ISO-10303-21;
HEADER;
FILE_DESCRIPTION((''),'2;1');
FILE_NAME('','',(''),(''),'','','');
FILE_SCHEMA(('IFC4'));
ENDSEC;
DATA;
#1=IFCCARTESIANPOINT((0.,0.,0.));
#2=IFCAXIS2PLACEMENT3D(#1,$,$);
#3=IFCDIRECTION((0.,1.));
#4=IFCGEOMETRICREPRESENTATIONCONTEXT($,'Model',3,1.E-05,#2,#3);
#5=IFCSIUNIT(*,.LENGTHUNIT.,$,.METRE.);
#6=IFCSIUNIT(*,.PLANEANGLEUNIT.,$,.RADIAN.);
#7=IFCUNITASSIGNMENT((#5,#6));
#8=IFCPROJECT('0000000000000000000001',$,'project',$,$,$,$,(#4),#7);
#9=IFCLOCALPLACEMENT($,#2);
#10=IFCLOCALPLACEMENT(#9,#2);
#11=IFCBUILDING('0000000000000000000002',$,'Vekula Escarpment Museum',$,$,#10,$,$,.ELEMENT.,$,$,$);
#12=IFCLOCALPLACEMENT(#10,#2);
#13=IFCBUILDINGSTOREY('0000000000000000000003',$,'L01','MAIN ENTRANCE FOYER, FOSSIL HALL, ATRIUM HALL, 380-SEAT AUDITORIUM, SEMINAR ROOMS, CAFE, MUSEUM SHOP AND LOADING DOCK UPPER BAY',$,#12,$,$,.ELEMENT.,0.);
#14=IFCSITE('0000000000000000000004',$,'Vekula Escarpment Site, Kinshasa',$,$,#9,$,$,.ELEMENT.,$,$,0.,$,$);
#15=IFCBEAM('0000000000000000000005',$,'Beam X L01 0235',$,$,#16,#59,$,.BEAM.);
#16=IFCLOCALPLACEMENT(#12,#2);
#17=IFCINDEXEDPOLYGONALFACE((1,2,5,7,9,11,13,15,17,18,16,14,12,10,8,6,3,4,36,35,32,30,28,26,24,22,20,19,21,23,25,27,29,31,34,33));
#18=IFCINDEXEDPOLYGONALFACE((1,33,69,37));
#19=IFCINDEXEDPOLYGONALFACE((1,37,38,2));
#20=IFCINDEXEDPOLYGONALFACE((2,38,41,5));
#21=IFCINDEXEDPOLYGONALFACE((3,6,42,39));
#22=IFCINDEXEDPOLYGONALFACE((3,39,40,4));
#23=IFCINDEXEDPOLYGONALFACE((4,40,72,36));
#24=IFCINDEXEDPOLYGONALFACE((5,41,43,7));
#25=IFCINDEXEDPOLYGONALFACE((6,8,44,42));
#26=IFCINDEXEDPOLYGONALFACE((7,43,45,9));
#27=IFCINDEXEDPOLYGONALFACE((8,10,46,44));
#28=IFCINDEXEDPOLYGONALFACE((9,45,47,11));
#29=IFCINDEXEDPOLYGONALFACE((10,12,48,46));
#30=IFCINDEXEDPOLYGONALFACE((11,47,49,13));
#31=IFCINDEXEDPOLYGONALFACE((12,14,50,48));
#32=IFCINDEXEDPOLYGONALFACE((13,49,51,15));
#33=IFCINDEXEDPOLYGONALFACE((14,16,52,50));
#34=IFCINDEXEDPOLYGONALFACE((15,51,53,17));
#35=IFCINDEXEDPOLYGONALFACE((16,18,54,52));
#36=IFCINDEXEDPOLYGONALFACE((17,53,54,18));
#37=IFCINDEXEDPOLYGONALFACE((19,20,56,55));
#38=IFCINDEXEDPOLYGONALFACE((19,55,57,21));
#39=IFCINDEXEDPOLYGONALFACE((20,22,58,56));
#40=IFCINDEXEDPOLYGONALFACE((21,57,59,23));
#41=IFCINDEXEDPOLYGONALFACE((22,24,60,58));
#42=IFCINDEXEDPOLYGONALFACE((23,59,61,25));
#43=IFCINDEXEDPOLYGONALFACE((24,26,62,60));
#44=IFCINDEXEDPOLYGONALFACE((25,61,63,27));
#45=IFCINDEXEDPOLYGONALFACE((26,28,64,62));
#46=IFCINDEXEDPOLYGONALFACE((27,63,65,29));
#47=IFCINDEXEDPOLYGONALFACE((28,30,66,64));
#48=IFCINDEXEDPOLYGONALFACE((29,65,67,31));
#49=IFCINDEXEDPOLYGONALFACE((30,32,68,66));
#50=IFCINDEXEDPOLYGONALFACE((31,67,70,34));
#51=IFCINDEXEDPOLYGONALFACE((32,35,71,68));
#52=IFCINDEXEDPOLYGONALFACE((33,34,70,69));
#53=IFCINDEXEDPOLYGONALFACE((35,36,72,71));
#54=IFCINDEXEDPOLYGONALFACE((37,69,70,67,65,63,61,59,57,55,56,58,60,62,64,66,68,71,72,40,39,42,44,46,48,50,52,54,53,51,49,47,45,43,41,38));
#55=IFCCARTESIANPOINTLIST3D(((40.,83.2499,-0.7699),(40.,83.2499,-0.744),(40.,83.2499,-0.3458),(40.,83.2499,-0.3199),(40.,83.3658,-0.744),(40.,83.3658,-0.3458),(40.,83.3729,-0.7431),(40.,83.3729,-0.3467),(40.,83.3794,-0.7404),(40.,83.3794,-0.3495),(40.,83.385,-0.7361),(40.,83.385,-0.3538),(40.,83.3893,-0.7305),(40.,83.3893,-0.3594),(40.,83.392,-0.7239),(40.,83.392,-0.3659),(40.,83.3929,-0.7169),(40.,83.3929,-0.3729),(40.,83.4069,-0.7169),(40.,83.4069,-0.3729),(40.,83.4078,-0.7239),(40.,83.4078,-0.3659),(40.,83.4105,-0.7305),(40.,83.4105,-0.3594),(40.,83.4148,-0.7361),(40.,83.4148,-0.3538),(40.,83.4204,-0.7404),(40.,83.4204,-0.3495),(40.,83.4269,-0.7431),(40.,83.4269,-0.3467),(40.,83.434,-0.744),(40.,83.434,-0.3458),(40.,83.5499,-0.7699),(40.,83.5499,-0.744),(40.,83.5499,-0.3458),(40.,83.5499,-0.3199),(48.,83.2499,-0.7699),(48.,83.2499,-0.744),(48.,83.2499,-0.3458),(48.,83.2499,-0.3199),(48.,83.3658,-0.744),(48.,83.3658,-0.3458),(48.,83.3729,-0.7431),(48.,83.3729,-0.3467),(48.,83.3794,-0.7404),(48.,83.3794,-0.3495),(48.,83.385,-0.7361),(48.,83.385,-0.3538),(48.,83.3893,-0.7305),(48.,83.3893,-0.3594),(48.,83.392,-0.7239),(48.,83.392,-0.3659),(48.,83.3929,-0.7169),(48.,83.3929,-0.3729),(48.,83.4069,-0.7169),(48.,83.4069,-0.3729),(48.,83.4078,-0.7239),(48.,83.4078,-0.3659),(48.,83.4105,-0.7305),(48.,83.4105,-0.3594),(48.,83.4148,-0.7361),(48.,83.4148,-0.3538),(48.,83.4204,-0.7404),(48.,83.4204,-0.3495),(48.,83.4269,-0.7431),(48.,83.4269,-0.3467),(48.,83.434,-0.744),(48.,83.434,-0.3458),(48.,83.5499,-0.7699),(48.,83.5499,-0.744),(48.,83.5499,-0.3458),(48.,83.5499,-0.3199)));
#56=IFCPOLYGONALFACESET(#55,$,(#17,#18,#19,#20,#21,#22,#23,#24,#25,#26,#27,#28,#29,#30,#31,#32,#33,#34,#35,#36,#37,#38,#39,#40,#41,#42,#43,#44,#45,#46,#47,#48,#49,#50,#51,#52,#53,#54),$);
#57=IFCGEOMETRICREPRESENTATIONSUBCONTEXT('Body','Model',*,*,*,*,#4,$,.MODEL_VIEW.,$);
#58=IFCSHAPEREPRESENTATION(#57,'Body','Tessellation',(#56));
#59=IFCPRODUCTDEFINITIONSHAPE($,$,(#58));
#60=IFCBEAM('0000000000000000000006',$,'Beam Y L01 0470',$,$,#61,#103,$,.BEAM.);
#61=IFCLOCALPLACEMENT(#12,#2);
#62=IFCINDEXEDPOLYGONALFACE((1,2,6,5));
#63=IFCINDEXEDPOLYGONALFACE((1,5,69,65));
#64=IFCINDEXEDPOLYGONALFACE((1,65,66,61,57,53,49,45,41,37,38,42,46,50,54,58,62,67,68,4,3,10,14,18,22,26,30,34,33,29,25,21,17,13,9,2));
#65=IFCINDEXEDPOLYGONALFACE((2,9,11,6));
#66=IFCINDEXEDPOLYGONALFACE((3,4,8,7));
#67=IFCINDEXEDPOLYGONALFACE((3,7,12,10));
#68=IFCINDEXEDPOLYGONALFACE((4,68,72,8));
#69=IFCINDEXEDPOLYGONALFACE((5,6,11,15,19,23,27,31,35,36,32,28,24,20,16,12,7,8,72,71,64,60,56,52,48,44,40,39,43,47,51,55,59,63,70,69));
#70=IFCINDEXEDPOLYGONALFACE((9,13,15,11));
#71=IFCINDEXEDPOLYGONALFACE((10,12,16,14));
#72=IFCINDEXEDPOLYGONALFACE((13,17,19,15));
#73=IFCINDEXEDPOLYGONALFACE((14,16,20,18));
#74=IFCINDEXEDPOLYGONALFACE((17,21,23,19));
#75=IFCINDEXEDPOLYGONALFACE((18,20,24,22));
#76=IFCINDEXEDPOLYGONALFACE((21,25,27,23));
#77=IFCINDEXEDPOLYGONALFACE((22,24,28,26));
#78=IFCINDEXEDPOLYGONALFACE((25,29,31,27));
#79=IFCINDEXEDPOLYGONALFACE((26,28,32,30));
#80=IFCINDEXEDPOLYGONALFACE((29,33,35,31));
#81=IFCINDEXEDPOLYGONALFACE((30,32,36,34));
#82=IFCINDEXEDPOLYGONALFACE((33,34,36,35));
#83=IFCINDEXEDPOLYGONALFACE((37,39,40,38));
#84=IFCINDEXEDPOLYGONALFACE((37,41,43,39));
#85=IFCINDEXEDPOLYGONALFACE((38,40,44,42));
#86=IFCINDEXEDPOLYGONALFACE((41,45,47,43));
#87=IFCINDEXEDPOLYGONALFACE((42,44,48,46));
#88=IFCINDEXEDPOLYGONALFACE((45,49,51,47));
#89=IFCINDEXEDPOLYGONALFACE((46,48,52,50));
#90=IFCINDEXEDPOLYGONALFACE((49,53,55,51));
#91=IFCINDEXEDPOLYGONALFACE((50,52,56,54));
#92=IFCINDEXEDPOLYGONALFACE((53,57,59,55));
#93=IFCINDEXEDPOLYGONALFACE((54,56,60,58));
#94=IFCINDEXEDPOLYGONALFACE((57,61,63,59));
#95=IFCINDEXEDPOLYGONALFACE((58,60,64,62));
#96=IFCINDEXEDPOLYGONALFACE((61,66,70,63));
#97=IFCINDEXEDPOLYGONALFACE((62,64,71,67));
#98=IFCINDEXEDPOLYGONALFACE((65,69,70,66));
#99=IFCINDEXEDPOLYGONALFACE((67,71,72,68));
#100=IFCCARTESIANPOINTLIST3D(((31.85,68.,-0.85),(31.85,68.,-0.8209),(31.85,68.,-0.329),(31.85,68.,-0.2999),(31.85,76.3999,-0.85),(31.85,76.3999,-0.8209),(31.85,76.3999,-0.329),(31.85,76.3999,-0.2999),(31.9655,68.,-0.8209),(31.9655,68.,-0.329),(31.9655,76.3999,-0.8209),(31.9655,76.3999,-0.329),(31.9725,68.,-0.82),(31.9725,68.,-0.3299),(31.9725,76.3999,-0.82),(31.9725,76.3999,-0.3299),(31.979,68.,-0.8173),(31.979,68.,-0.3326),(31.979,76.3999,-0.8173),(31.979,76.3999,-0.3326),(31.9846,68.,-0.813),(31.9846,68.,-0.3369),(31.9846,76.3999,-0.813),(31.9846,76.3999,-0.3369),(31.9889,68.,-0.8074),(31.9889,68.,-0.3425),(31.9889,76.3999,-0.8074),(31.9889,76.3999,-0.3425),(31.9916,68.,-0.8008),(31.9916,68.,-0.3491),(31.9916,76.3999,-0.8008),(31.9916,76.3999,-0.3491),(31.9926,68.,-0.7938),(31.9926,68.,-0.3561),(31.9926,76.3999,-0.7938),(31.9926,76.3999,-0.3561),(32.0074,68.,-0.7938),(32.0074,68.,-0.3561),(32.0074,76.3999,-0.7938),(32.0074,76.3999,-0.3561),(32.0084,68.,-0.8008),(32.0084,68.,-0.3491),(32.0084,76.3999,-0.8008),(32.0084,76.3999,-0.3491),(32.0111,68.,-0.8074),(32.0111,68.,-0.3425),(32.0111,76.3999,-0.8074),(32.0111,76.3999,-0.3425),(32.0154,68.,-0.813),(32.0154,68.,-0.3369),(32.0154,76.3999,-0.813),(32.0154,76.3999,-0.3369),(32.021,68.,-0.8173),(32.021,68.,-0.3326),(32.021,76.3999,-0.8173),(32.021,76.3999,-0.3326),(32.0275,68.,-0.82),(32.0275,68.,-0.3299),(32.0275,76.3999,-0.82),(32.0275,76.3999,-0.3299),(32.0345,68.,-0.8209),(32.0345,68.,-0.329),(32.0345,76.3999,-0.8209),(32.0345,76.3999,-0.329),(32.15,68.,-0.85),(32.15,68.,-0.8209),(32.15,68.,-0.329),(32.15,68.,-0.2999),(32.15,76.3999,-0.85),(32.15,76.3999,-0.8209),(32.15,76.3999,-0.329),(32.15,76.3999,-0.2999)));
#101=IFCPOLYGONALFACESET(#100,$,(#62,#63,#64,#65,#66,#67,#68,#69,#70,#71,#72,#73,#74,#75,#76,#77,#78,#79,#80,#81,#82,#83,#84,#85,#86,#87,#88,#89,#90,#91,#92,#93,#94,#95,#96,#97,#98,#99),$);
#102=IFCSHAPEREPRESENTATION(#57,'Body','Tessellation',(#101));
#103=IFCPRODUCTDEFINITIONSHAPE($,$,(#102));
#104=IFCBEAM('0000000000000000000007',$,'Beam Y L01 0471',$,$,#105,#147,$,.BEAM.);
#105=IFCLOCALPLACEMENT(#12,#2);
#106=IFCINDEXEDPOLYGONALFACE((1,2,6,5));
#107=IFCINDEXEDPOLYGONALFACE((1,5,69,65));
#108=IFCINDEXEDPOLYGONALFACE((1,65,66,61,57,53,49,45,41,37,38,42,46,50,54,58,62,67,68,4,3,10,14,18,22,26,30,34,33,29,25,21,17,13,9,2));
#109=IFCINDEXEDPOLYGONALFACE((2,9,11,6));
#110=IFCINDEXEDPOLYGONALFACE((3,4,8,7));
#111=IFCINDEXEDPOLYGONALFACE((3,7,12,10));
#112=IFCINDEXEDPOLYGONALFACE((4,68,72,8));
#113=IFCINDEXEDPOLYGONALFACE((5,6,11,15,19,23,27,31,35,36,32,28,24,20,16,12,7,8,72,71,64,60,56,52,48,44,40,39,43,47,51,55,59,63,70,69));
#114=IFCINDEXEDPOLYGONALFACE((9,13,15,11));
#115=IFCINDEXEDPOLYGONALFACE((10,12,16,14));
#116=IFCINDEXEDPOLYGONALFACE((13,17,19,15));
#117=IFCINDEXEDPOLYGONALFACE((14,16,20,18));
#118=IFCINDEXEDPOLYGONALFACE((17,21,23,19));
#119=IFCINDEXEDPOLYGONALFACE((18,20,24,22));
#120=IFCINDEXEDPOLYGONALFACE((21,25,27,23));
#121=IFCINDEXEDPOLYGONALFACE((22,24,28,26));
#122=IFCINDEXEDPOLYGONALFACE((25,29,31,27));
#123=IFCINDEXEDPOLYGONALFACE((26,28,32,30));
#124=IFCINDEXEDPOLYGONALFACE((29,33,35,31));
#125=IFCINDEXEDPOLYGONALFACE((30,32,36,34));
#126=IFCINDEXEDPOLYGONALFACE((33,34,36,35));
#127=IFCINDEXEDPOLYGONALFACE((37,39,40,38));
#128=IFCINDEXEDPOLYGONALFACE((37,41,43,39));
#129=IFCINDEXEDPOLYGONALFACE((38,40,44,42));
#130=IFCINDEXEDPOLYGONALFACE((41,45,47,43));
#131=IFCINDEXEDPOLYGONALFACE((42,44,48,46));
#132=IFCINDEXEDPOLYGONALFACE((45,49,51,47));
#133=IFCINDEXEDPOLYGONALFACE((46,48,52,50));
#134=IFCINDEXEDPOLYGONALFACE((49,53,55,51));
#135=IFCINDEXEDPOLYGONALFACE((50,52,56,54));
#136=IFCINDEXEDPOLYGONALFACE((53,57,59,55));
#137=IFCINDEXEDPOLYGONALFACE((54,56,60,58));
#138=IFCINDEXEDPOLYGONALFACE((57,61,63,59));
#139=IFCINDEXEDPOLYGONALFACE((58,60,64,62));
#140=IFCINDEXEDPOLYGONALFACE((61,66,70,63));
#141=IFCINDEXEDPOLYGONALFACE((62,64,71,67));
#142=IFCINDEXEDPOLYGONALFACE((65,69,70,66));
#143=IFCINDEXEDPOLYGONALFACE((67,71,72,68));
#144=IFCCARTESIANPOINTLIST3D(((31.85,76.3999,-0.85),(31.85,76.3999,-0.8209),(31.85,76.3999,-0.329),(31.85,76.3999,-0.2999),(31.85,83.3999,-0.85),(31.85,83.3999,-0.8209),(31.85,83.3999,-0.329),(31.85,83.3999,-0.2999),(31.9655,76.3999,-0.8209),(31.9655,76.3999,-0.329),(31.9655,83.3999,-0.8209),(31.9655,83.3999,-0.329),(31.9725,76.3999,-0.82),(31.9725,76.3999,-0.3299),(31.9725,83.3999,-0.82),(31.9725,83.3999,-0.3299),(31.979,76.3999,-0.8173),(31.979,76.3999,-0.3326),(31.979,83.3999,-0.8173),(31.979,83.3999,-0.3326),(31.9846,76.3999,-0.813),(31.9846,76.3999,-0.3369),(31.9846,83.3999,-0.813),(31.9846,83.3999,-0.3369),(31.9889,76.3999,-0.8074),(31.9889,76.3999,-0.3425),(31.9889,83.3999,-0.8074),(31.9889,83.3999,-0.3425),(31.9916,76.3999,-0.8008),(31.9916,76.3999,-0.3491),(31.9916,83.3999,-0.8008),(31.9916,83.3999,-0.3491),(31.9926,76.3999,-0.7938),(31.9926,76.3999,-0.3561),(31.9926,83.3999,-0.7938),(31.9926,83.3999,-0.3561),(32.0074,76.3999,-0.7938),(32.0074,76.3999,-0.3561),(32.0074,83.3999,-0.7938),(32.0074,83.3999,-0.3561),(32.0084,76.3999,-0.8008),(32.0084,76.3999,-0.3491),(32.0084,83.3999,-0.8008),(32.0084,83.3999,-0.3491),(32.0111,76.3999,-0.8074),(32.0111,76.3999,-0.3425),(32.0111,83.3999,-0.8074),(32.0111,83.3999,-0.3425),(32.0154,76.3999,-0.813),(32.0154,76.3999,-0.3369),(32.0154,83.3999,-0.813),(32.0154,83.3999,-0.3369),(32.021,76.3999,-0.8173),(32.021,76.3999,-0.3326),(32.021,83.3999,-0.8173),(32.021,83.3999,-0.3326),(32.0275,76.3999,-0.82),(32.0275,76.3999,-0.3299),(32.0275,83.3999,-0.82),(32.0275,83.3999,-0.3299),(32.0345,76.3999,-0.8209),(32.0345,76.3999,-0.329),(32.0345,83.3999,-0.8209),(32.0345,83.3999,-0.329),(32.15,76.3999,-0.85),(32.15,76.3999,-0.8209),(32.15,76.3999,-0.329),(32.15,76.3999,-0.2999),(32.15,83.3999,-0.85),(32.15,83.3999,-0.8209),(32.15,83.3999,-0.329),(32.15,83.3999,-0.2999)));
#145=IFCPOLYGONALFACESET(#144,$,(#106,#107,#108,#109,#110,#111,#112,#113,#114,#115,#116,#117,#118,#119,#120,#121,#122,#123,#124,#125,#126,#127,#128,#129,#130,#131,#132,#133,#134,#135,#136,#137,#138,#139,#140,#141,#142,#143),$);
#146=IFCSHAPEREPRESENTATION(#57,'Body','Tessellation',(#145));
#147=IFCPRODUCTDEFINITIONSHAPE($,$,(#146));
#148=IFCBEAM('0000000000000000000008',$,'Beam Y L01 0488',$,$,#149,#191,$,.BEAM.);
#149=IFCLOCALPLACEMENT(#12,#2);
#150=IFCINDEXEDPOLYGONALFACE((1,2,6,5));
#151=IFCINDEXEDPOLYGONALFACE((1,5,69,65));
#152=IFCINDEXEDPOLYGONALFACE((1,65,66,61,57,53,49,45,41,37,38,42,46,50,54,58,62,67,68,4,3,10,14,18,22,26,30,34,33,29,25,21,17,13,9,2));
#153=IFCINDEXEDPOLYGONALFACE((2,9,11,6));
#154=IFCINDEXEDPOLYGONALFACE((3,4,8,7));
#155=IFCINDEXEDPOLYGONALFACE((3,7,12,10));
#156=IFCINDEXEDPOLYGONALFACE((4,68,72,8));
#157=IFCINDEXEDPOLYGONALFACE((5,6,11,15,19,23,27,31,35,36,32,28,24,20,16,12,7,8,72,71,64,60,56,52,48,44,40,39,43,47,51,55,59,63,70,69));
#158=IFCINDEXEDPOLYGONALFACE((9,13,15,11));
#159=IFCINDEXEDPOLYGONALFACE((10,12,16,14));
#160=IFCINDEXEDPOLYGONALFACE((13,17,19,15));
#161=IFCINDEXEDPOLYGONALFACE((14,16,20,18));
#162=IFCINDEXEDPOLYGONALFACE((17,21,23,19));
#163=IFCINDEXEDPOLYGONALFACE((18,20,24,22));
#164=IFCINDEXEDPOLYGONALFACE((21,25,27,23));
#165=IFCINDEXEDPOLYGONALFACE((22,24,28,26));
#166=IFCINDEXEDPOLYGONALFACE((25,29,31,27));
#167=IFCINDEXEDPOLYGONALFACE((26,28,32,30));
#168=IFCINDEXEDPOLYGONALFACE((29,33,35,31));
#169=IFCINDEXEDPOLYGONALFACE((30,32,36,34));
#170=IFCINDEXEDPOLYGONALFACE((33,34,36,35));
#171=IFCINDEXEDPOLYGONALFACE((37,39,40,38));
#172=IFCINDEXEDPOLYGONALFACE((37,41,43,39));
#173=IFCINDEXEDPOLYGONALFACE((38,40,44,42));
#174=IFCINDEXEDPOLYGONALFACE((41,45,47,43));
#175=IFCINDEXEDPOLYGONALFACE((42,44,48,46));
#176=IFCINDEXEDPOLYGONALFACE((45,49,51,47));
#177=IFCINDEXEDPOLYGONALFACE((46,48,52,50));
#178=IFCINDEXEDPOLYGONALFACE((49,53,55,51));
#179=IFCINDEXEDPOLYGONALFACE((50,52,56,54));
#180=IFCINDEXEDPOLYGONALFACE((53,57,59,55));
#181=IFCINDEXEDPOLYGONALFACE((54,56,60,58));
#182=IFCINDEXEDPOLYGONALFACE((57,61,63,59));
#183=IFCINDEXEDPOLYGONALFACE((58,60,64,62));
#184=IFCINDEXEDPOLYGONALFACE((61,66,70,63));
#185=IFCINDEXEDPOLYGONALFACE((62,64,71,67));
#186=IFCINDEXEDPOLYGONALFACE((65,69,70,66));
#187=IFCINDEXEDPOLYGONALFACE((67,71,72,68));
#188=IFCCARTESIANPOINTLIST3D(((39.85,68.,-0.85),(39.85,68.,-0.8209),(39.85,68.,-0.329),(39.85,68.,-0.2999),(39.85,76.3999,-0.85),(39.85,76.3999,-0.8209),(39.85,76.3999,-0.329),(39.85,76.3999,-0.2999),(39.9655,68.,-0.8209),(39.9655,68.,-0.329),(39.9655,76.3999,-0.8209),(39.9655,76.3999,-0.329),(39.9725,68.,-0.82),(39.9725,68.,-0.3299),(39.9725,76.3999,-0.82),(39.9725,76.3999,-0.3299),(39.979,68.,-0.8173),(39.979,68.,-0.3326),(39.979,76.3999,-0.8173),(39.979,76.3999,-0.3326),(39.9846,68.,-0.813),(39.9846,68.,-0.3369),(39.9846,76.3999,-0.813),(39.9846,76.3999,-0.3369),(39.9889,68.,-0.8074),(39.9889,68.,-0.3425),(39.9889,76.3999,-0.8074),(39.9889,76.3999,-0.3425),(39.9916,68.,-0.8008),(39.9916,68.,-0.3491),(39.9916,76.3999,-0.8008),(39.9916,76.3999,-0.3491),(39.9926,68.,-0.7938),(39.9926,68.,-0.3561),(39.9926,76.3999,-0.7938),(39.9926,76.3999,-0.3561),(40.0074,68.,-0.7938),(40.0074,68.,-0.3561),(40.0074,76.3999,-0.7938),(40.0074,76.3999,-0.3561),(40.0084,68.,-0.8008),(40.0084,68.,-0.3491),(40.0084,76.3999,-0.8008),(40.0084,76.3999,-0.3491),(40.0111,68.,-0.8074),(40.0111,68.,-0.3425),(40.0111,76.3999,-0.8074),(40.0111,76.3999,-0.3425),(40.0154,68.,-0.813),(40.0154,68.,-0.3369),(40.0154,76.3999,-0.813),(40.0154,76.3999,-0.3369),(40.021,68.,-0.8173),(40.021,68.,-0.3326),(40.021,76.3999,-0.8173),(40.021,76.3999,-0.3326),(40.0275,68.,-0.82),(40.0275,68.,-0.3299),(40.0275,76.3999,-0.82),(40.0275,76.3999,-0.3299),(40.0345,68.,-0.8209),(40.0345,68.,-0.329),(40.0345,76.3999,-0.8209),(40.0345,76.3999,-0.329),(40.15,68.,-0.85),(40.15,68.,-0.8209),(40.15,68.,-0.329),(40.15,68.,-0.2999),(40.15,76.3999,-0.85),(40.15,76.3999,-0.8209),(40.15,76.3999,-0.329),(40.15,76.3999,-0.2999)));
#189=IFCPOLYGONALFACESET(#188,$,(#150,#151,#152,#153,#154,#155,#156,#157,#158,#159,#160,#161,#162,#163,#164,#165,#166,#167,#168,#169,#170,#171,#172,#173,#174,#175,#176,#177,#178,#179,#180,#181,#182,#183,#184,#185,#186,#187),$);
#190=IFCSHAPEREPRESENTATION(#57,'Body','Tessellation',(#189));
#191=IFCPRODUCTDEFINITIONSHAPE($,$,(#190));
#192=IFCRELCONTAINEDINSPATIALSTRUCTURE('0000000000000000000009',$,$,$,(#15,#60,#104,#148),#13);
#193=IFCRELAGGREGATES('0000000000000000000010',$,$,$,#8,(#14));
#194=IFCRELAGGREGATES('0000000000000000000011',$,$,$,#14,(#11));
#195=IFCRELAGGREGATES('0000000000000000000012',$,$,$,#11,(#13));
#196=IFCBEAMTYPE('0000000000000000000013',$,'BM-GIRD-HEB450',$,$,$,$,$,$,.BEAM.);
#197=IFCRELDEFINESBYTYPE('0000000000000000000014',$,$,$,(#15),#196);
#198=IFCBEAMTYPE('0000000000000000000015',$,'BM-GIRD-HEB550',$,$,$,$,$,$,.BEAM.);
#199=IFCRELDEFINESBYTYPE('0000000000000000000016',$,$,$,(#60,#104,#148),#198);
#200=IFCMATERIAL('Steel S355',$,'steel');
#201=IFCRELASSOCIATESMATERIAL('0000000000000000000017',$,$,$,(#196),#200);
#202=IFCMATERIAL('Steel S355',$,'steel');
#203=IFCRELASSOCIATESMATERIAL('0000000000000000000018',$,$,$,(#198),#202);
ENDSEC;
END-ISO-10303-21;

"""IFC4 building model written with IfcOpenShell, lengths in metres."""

from ifc_helpers import new_model, si_unit, direction, frame, origin, origin_2d, place, context, subcontext, project, spatial, i_section, extrude, material, material_profile, profile_set, type_object, element, save


model = new_model("IFC4")

# Units and contexts
model_context = context("Model", 3, precision=1e-05, world=origin(), true_north=direction((0.0, 1.0)))
body_context = subcontext(model_context, "Body", "Model", "MODEL_VIEW")
ifc_project = project(units=[si_unit("LENGTHUNIT", "METRE"), si_unit("PLANEANGLEUNIT", "RADIAN")], contexts=[model_context])

# Site, building, storey
site_placement = place(None, origin())
site = spatial("IfcSite", under=ifc_project, at=site_placement, Name="Vekula Escarpment Site, Kinshasa", CompositionType="ELEMENT", RefElevation=0.0)
building_placement = place(site_placement, origin())
building = spatial("IfcBuilding", under=site, at=building_placement, Name="Vekula Escarpment Museum", CompositionType="ELEMENT")
storey_placement = place(building_placement, origin())
storey = spatial("IfcBuildingStorey", under=building, at=storey_placement, Name="L01", Description="MAIN ENTRANCE FOYER, FOSSIL HALL, ATRIUM HALL, 380-SEAT AUDITORIUM, SEMINAR ROOMS, CAFE, MUSEUM SHOP AND LOADING DOCK UPPER BAY", CompositionType="ELEMENT", Elevation=0.0)

# Beams
ifc_material_1 = material(Name="Steel S355", Category="steel")
ifc_material_profile_1 = material_profile(ifc_material_1, i_section(OverallWidth=0.3, OverallDepth=0.45, WebThickness=0.0139, FlangeThickness=0.0259, FilletRadius=0.0271, at=origin_2d()), Name="HEB 450")
ifc_profile_set_1 = profile_set([ifc_material_profile_1], Name="Steel S355")
beam_type_1 = type_object("IfcBeamType", Name="BM-GIRD-HEB450", PredefinedType="BEAM", material=ifc_profile_set_1)
beam_1_placement = place(storey_placement, frame((40.0, 83.3999, -0.5449), z_axis=(1.0, 0.0, 0.0), x_axis=(0.0, 1.0, 0.0)))
element("IfcBeam", 1, at=beam_1_placement, inside=storey, type_object=beam_type_1, Name="Beam X L01 0235", PredefinedType="BEAM", context=body_context, shape_type="SweptSolid", body=[
    extrude(i_section(OverallWidth=0.3, OverallDepth=0.45, WebThickness=0.0139, FlangeThickness=0.0259, FilletRadius=0.0271, at=origin_2d()), origin(), (0.0, 0.0, 1.0), 8.0),
])
ifc_material_2 = material(Name="Steel S355", Category="steel")
ifc_material_profile_2 = material_profile(ifc_material_2, i_section(OverallWidth=0.3, OverallDepth=0.55, WebThickness=0.0149, FlangeThickness=0.0291, FilletRadius=0.0271, at=origin_2d()), Name="HEB 550")
ifc_profile_set_2 = profile_set([ifc_material_profile_2], Name="Steel S355")
beam_type_2 = type_object("IfcBeamType", Name="BM-GIRD-HEB550", PredefinedType="BEAM", material=ifc_profile_set_2)
beam_2_placement = place(storey_placement, frame((32.0, 68.0, -0.575), z_axis=(0.0, 1.0, 0.0), x_axis=(-1.0, 0.0, 0.0)))
element("IfcBeam", 2, at=beam_2_placement, inside=storey, type_object=beam_type_2, Name="Beam Y L01 0470", PredefinedType="BEAM", context=body_context, shape_type="SweptSolid", body=[
    extrude(i_section(OverallWidth=0.3, OverallDepth=0.55, WebThickness=0.0149, FlangeThickness=0.0291, FilletRadius=0.0271, at=origin_2d()), origin(), (0.0, 0.0, 1.0), 8.3999),
])
beam_3_placement = place(storey_placement, frame((32.0, 76.3999, -0.575), z_axis=(0.0, 1.0, 0.0), x_axis=(-1.0, 0.0, 0.0)))
element("IfcBeam", 3, at=beam_3_placement, inside=storey, type_object=beam_type_2, Name="Beam Y L01 0471", PredefinedType="BEAM", context=body_context, shape_type="SweptSolid", body=[
    extrude(i_section(OverallWidth=0.3, OverallDepth=0.55, WebThickness=0.0149, FlangeThickness=0.0291, FilletRadius=0.0271, at=origin_2d()), origin(), (0.0, 0.0, 1.0), 7.0),
])
beam_4_placement = place(storey_placement, frame((40.0, 68.0, -0.575), z_axis=(0.0, 1.0, 0.0), x_axis=(-1.0, 0.0, 0.0)))
element("IfcBeam", 4, at=beam_4_placement, inside=storey, type_object=beam_type_2, Name="Beam Y L01 0488", PredefinedType="BEAM", context=body_context, shape_type="SweptSolid", body=[
    extrude(i_section(OverallWidth=0.3, OverallDepth=0.55, WebThickness=0.0149, FlangeThickness=0.0291, FilletRadius=0.0271, at=origin_2d()), origin(), (0.0, 0.0, 1.0), 8.3999),
])

save(model, "model.ifc")
